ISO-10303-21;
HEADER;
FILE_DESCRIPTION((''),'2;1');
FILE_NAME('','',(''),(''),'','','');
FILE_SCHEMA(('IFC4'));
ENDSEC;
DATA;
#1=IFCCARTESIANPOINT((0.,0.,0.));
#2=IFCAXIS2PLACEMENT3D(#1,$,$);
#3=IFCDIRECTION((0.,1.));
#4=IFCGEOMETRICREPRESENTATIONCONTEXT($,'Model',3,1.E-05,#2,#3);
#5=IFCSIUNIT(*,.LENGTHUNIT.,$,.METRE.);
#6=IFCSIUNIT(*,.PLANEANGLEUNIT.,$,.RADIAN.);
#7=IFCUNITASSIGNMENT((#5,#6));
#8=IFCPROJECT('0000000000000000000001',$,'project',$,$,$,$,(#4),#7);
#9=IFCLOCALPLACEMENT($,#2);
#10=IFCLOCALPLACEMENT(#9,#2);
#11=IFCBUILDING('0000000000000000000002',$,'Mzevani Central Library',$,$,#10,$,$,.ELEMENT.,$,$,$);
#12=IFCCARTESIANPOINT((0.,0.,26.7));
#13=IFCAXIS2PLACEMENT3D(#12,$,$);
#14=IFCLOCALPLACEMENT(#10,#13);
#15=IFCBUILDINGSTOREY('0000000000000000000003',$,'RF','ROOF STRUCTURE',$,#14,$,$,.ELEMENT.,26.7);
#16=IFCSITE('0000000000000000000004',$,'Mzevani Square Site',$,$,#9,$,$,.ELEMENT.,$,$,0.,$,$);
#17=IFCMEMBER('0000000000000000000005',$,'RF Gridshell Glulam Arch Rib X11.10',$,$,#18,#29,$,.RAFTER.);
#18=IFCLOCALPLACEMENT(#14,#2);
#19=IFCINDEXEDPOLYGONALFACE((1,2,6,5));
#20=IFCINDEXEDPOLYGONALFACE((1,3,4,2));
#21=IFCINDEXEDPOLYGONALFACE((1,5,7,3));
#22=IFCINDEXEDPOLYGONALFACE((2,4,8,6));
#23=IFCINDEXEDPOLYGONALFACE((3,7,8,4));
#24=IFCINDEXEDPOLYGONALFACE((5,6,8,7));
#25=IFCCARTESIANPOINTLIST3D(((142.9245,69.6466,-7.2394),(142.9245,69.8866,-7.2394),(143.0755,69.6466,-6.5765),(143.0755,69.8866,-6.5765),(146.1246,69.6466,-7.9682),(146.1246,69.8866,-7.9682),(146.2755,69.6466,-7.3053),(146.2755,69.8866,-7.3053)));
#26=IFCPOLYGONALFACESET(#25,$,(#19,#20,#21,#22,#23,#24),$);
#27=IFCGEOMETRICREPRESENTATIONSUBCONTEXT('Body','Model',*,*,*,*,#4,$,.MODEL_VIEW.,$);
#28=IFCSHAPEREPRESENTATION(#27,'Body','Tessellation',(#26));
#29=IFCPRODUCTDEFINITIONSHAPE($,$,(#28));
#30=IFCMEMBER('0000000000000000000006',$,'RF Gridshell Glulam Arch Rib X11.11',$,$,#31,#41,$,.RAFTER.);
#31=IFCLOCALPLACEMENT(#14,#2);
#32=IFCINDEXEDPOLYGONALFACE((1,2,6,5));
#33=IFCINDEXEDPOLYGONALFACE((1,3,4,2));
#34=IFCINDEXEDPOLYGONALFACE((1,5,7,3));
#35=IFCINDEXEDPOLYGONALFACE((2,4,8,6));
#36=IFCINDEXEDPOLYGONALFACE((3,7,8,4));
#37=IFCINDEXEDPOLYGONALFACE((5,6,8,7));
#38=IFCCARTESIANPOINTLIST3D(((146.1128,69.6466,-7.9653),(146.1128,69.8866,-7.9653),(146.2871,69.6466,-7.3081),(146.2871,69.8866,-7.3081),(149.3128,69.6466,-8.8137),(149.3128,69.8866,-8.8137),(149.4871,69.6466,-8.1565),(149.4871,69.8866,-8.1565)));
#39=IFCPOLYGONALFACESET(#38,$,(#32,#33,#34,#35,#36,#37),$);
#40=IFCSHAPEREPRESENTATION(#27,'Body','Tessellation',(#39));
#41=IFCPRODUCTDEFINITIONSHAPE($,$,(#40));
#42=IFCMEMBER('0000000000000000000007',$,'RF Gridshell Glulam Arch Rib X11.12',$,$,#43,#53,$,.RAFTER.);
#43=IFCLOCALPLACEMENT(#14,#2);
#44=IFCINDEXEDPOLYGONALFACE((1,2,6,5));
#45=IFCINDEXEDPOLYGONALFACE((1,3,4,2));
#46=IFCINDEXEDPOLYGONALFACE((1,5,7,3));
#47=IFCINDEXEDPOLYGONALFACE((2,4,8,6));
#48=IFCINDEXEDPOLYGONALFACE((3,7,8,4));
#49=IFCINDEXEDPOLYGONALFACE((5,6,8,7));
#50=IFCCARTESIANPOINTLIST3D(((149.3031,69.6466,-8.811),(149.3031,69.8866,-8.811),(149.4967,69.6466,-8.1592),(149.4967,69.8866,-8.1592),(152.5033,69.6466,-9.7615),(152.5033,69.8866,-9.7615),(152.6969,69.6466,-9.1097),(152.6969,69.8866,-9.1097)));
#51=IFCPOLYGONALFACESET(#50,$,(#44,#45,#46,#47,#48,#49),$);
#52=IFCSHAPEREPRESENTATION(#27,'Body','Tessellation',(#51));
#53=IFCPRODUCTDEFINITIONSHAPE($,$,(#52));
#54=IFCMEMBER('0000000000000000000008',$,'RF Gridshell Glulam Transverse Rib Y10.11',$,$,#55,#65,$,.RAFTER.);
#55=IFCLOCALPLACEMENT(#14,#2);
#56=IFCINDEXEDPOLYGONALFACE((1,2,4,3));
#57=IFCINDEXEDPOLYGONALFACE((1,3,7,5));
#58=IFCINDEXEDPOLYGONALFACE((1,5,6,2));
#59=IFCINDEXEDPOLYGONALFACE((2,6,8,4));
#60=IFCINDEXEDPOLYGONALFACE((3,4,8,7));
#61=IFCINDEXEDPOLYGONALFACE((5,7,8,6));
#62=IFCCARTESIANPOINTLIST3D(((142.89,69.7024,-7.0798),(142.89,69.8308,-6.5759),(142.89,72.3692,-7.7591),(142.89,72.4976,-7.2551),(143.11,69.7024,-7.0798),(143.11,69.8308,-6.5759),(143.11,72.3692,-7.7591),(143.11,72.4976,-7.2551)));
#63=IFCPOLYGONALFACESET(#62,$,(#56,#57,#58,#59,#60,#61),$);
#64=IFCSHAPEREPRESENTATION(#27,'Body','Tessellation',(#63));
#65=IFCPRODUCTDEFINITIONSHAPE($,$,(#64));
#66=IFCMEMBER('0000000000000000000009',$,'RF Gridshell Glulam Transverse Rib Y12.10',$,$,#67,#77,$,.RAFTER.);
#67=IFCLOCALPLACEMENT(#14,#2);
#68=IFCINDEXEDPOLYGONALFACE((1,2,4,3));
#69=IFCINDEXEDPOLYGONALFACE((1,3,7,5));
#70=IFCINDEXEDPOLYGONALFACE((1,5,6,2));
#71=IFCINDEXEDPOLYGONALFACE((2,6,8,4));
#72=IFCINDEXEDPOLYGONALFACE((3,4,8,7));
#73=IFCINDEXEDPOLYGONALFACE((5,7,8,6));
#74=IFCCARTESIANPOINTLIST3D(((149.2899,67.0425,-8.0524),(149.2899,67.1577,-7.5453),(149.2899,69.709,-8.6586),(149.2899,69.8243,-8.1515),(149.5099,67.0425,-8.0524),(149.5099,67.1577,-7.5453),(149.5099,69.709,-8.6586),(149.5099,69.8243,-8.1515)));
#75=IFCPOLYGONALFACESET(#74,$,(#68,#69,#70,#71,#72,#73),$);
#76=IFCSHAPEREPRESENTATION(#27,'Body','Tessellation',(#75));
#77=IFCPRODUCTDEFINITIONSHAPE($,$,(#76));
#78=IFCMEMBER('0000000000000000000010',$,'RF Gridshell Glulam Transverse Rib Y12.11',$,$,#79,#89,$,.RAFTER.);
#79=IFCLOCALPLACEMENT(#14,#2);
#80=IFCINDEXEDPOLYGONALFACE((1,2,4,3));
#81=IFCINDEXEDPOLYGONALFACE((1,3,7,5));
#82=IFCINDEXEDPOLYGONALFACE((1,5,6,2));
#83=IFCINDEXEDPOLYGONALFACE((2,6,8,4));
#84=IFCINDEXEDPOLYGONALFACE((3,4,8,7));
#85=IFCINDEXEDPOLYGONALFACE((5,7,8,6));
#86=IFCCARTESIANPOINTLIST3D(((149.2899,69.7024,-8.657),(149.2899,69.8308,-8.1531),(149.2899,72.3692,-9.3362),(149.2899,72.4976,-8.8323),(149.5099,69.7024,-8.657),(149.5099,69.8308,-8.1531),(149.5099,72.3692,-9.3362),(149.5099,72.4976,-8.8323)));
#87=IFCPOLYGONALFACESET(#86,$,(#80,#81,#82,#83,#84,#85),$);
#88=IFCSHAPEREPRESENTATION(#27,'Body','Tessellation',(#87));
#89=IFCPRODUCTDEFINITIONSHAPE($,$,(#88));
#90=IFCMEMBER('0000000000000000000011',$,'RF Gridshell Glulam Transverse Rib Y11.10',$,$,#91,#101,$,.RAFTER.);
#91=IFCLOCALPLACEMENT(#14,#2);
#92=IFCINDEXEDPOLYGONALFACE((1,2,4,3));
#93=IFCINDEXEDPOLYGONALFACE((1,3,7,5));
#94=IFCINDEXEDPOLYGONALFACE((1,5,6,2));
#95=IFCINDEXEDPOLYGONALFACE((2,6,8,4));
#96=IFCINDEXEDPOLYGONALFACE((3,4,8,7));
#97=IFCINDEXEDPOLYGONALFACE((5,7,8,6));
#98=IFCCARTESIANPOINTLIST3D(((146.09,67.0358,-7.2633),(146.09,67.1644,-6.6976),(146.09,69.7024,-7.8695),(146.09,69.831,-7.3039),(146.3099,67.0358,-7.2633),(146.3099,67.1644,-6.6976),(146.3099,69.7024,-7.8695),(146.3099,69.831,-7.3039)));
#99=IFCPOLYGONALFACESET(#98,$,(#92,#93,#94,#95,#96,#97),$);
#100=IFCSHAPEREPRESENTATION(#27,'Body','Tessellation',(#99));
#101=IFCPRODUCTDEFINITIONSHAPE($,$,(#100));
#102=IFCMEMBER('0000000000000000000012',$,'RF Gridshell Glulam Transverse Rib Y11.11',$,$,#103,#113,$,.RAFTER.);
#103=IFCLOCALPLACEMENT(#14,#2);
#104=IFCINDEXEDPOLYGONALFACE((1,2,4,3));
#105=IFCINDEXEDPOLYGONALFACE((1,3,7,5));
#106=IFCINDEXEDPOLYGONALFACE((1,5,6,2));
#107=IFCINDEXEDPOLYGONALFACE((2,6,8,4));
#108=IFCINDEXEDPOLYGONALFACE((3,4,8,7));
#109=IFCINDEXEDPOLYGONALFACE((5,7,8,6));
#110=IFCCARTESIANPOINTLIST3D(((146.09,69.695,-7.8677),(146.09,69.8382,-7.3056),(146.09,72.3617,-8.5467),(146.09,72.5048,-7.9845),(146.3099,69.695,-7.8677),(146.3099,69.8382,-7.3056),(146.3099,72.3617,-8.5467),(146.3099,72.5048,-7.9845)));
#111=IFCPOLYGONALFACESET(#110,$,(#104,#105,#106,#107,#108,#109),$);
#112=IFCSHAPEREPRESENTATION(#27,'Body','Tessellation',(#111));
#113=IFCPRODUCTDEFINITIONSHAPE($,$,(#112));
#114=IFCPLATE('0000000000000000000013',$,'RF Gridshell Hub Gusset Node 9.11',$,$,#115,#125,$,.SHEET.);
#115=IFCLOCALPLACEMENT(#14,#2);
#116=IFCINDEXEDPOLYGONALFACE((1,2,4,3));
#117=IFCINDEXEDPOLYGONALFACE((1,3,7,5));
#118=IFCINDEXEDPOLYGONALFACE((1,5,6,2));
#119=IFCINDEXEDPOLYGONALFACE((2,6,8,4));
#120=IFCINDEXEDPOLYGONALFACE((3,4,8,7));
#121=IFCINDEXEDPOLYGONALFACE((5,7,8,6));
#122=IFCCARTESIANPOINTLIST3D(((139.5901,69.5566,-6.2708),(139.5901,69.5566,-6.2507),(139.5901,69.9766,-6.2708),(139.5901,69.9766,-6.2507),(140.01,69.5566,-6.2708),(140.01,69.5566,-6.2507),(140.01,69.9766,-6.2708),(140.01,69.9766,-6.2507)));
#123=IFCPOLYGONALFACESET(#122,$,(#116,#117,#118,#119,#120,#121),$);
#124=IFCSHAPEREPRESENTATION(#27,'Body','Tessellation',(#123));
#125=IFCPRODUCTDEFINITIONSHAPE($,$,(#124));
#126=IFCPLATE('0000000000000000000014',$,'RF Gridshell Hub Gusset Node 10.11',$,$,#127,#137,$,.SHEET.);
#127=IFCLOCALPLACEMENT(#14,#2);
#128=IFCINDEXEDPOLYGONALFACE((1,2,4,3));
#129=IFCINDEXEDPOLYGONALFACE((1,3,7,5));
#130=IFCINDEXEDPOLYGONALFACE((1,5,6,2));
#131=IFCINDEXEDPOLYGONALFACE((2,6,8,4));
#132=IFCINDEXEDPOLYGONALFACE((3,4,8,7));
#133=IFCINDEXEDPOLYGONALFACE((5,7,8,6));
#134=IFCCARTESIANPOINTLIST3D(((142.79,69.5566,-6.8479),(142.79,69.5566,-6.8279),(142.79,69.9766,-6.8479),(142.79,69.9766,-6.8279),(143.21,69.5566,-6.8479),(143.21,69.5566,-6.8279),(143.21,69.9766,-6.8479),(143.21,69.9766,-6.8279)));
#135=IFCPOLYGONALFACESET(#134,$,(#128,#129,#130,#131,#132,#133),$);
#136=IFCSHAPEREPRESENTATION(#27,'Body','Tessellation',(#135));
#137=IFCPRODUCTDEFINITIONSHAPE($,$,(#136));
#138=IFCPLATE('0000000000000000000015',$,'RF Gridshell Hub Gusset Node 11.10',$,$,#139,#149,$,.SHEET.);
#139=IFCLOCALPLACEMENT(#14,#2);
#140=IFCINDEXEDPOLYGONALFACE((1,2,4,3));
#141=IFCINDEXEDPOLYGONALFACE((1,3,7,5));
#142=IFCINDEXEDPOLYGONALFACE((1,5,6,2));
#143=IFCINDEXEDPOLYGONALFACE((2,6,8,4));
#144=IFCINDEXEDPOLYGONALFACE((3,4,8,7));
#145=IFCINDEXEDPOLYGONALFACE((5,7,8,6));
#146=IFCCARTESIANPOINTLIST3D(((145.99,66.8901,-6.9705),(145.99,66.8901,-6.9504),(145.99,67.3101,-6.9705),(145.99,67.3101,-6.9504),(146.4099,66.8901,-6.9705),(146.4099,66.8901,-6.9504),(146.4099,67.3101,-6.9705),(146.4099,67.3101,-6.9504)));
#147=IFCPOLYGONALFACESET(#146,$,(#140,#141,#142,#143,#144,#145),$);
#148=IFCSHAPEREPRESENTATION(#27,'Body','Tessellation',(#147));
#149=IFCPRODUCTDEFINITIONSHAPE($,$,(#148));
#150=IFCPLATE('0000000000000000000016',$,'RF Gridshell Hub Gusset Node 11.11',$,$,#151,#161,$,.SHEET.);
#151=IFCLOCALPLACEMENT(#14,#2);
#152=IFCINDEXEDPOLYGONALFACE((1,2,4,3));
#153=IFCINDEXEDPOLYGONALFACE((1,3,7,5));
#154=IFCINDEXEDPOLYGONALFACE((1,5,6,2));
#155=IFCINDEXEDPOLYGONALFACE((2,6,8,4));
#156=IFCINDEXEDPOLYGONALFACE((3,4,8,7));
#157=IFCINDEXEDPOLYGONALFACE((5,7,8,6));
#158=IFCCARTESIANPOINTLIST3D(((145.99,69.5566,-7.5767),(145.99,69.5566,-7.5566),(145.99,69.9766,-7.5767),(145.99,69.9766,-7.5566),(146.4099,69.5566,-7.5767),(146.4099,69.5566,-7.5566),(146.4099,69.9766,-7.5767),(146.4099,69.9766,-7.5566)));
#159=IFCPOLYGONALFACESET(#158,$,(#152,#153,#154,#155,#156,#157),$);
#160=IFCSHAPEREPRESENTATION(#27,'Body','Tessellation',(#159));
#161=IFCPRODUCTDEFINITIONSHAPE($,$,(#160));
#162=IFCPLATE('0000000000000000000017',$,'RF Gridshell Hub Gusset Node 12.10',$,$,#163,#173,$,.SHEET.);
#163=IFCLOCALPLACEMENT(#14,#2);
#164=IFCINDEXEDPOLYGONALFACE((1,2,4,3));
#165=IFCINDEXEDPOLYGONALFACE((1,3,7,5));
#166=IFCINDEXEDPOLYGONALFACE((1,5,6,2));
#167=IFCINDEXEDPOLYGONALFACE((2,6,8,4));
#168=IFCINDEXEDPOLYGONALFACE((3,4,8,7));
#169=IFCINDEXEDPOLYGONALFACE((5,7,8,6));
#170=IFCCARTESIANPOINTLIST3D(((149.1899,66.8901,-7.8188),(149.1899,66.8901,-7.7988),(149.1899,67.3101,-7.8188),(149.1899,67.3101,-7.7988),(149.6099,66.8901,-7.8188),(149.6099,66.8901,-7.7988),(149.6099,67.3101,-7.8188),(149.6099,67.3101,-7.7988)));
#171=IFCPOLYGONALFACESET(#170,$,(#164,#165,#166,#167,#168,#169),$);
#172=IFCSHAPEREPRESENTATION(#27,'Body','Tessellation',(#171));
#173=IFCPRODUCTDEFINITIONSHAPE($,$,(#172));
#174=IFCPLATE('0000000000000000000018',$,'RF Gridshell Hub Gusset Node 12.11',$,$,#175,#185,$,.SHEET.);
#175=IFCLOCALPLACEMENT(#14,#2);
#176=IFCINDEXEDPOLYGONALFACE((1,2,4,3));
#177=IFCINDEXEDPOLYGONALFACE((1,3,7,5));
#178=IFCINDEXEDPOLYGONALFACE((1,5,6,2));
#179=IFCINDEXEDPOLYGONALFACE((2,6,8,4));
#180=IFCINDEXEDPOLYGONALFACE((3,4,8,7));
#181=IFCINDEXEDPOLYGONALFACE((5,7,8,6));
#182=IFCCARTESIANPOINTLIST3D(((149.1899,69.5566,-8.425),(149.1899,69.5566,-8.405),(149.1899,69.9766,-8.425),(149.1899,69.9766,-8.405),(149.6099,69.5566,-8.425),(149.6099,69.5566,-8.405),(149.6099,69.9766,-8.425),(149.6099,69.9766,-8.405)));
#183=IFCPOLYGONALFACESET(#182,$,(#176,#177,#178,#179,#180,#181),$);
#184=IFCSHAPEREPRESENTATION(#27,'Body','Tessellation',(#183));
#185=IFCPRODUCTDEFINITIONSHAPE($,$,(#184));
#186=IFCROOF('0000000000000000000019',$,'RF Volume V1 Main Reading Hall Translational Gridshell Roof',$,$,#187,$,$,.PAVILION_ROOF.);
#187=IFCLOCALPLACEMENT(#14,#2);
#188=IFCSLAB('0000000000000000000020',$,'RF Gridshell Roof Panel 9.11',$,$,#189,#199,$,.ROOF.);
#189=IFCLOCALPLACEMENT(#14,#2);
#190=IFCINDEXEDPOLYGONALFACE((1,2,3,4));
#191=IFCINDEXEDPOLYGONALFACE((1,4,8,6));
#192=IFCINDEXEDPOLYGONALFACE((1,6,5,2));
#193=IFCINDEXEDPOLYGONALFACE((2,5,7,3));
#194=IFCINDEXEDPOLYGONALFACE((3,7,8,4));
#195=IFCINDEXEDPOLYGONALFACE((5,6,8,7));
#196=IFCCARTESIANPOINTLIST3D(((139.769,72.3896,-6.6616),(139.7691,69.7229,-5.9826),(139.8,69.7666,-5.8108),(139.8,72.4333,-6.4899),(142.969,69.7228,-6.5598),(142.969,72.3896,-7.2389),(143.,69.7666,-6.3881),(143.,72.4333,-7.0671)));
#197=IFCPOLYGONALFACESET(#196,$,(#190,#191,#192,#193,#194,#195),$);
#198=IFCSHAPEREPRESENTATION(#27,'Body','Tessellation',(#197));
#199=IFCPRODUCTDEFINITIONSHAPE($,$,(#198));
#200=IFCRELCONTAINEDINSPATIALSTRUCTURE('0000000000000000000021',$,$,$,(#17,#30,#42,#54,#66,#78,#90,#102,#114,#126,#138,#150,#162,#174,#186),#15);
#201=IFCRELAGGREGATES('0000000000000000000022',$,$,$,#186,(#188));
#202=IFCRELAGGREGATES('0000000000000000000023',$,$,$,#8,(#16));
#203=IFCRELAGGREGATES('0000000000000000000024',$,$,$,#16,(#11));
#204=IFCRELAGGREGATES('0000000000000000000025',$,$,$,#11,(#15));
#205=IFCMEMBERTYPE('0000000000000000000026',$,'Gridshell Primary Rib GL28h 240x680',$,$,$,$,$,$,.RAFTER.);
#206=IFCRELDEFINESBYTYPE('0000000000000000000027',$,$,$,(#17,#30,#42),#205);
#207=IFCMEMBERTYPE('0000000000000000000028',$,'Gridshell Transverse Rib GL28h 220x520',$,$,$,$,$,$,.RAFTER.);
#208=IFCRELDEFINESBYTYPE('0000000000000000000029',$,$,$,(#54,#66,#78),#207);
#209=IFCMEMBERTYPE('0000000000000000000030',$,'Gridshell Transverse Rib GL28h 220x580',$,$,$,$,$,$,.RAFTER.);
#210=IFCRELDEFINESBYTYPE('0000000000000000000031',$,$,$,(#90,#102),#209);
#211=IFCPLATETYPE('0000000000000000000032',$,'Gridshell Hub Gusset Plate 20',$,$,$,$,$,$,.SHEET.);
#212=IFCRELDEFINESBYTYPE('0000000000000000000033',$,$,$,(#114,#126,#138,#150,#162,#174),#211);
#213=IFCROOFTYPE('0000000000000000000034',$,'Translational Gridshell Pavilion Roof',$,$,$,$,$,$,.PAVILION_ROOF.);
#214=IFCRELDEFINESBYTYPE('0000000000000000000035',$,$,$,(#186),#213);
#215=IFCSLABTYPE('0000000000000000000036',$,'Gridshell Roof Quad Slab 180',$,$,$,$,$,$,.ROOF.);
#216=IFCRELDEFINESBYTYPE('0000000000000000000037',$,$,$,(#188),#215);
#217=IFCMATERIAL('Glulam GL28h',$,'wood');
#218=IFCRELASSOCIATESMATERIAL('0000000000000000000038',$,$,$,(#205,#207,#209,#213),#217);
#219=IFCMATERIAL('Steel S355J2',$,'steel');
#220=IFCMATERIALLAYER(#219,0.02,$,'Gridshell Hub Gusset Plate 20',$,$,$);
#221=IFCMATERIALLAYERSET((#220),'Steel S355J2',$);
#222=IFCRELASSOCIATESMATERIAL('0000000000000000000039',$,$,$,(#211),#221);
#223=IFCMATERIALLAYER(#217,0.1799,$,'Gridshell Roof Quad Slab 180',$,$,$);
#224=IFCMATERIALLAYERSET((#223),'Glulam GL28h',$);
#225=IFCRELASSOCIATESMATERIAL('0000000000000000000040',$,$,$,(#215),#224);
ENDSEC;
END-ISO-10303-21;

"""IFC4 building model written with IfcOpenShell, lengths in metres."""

from ifc_helpers import new_model, si_unit, direction, frame, origin, origin_2d, place, context, subcontext, project, spatial, polyline, rectangle, outline, extrude, material, layer, layer_set, material_profile, profile_set, type_object, element, aggregate, save


model = new_model("IFC4")

# Units and contexts
model_context = context("Model", 3, precision=1e-05, world=origin(), true_north=direction((0.0, 1.0)))
body_context = subcontext(model_context, "Body", "Model", "MODEL_VIEW")
ifc_project = project(units=[si_unit("LENGTHUNIT", "METRE"), si_unit("PLANEANGLEUNIT", "RADIAN")], contexts=[model_context])

# Site, building, storey
site_placement = place(None, origin())
site = spatial("IfcSite", under=ifc_project, at=site_placement, Name="Mzevani Square Site", CompositionType="ELEMENT", RefElevation=0.0)
building_placement = place(site_placement, origin())
building = spatial("IfcBuilding", under=site, at=building_placement, Name="Mzevani Central Library", CompositionType="ELEMENT")
storey_placement = place(building_placement, frame((0.0, 0.0, 26.7)))
storey = spatial("IfcBuildingStorey", under=building, at=storey_placement, Name="RF", Description="ROOF STRUCTURE", CompositionType="ELEMENT", Elevation=26.7)

# Members
ifc_material_1 = material(Name="Steel S355J2", Category="steel")
ifc_material_2 = material(Name="Glulam GL28h", Category="wood")
ifc_material_profile_1 = material_profile(ifc_material_2, rectangle(XDim=0.24, YDim=0.6799, at=origin_2d()), Name="GL28h 240x680")
ifc_profile_set_1 = profile_set([ifc_material_profile_1], Name="Glulam GL28h")
member_type_1 = type_object("IfcMemberType", Name="Gridshell Primary Rib GL28h 240x680", PredefinedType="RAFTER", material=ifc_profile_set_1)
member_1_placement = place(storey_placement, frame((143.0, 69.7666, -6.908), z_axis=(0.975034, 0.0, -0.222055), x_axis=(0.0, 1.0, 0.0)))
element("IfcMember", 1, at=member_1_placement, inside=storey, type_object=member_type_1, Name="RF Gridshell Glulam Arch Rib X11.10", PredefinedType="RAFTER", context=body_context, shape_type="SweptSolid", body=[
    extrude(rectangle(XDim=0.24, YDim=0.6799, at=origin_2d()), origin(), (0.0, 0.0, 1.0), 3.282),
])
member_2_placement = place(storey_placement, frame((146.2, 69.7666, -7.6367), z_axis=(0.966605, 0.0, -0.256272), x_axis=(0.0, 1.0, 0.0)))
element("IfcMember", 2, at=member_2_placement, inside=storey, type_object=member_type_1, Name="RF Gridshell Glulam Arch Rib X11.11", PredefinedType="RAFTER", context=body_context, shape_type="SweptSolid", body=[
    extrude(rectangle(XDim=0.24, YDim=0.6799, at=origin_2d()), origin(), (0.0, 0.0, 1.0), 3.3105),
])
member_3_placement = place(storey_placement, frame((149.3999, 69.7666, -8.4851), z_axis=(0.958616, 0.0, -0.284703), x_axis=(0.0, 1.0, 0.0)))
element("IfcMember", 3, at=member_3_placement, inside=storey, type_object=member_type_1, Name="RF Gridshell Glulam Arch Rib X11.12", PredefinedType="RAFTER", context=body_context, shape_type="SweptSolid", body=[
    extrude(rectangle(XDim=0.24, YDim=0.6799, at=origin_2d()), origin(), (0.0, 0.0, 1.0), 3.3384),
])
ifc_material_profile_2 = material_profile(ifc_material_2, rectangle(XDim=0.22, YDim=0.52, at=origin_2d()), Name="GL28h 220x520")
ifc_profile_set_2 = profile_set([ifc_material_profile_2], Name="Glulam GL28h")
member_type_2 = type_object("IfcMemberType", Name="Gridshell Transverse Rib GL28h 220x520", PredefinedType="RAFTER", material=ifc_profile_set_2)
member_4_placement = place(storey_placement, frame((143.0, 69.7666, -6.8279), z_axis=(0.0, 0.969063, -0.246813), x_axis=(-1.0, 0.0, 0.0)))
element("IfcMember", 4, at=member_4_placement, inside=storey, type_object=member_type_2, Name="RF Gridshell Glulam Transverse Rib Y10.11", PredefinedType="RAFTER", context=body_context, shape_type="SweptSolid", body=[
    extrude(rectangle(XDim=0.22, YDim=0.52, at=origin_2d()), origin(), (0.0, 0.0, 1.0), 2.752),
])
member_5_placement = place(storey_placement, frame((149.3999, 67.1001, -7.7988), z_axis=(0.0, 0.975119, -0.221683), x_axis=(-1.0, 0.0, 0.0)))
element("IfcMember", 5, at=member_5_placement, inside=storey, type_object=member_type_2, Name="RF Gridshell Glulam Transverse Rib Y12.10", PredefinedType="RAFTER", context=body_context, shape_type="SweptSolid", body=[
    extrude(rectangle(XDim=0.22, YDim=0.52, at=origin_2d()), origin(), (0.0, 0.0, 1.0), 2.7346),
])
member_6_placement = place(storey_placement, frame((149.3999, 69.7666, -8.405), z_axis=(0.0, 0.969063, -0.246813), x_axis=(-1.0, 0.0, 0.0)))
element("IfcMember", 6, at=member_6_placement, inside=storey, type_object=member_type_2, Name="RF Gridshell Glulam Transverse Rib Y12.11", PredefinedType="RAFTER", context=body_context, shape_type="SweptSolid", body=[
    extrude(rectangle(XDim=0.22, YDim=0.52, at=origin_2d()), origin(), (0.0, 0.0, 1.0), 2.752),
])
ifc_material_profile_3 = material_profile(ifc_material_2, rectangle(XDim=0.22, YDim=0.5801, at=origin_2d()), Name="GL28h 220x580")
ifc_profile_set_3 = profile_set([ifc_material_profile_3], Name="Glulam GL28h")
member_type_3 = type_object("IfcMemberType", Name="Gridshell Transverse Rib GL28h 220x580", PredefinedType="RAFTER", material=ifc_profile_set_3)
member_7_placement = place(storey_placement, frame((146.2, 67.1001, -6.9805), z_axis=(0.0, 0.975119, -0.221683), x_axis=(-1.0, 0.0, 0.0)))
element("IfcMember", 7, at=member_7_placement, inside=storey, type_object=member_type_3, Name="RF Gridshell Glulam Transverse Rib Y11.10", PredefinedType="RAFTER", context=body_context, shape_type="SweptSolid", body=[
    extrude(rectangle(XDim=0.22, YDim=0.5801, at=origin_2d()), origin(), (0.0, 0.0, 1.0), 2.7346),
])
member_8_placement = place(storey_placement, frame((146.2, 69.7666, -7.5867), z_axis=(0.0, 0.969084, -0.246729), x_axis=(-1.0, 0.0, 0.0)))
element("IfcMember", 8, at=member_8_placement, inside=storey, type_object=member_type_3, Name="RF Gridshell Glulam Transverse Rib Y11.11", PredefinedType="RAFTER", context=body_context, shape_type="SweptSolid", body=[
    extrude(rectangle(XDim=0.22, YDim=0.5801, at=origin_2d()), origin(), (0.0, 0.0, 1.0), 2.7517),
])

# Plates
ifc_layer_1 = layer(ifc_material_1, 0.02, Name="Gridshell Hub Gusset Plate 20")
ifc_layer_set_1 = layer_set([ifc_layer_1], Name="Steel S355J2")
plate_type = type_object("IfcPlateType", Name="Gridshell Hub Gusset Plate 20", PredefinedType="SHEET", material=ifc_layer_set_1)
for number, where, z_axis, x_axis, name in (
    (9, (139.8, 69.7666, -6.2708), (0.0, 0.0, 1.0), (1.0, 0.0, 0.0), "RF Gridshell Hub Gusset Node 9.11"),
    (10, (143.0, 69.7666, -6.8479), (0.0, 0.0, 1.0), (1.0, 0.0, 0.0), "RF Gridshell Hub Gusset Node 10.11"),
    (11, (146.2, 67.1001, -6.9705), (0.0, 0.0, 1.0), (1.0, 0.0, 0.0), "RF Gridshell Hub Gusset Node 11.10"),
    (12, (146.2, 69.7666, -7.5767), (0.0, 0.0, 1.0), (1.0, 0.0, 0.0), "RF Gridshell Hub Gusset Node 11.11"),
    (13, (149.3999, 67.1001, -7.8188), (0.0, 0.0, 1.0), (1.0, 0.0, 0.0), "RF Gridshell Hub Gusset Node 12.10"),
    (14, (149.3999, 69.7666, -8.425), (0.0, 0.0, 1.0), (1.0, 0.0, 0.0), "RF Gridshell Hub Gusset Node 12.11"),
):
    element("IfcPlate", number, at=place(storey_placement, frame(where, z_axis=z_axis, x_axis=x_axis)), inside=storey, type_object=plate_type, Name=name, PredefinedType="SHEET", context=body_context, shape_type="SweptSolid", body=[
        extrude(rectangle(XDim=0.4199, YDim=0.4199, at=origin_2d()), origin(), (0.0, 0.0, 1.0), 0.02),
    ])

# Roof, slab
roof_type = type_object("IfcRoofType", Name="Translational Gridshell Pavilion Roof", PredefinedType="PAVILION_ROOF", material=ifc_material_2)
roof_placement = place(storey_placement, origin())
roof = element("IfcRoof", 15, at=roof_placement, inside=storey, type_object=roof_type, Name="RF Volume V1 Main Reading Hall Translational Gridshell Roof", PredefinedType="PAVILION_ROOF")
ifc_layer_2 = layer(ifc_material_2, 0.1799, Name="Gridshell Roof Quad Slab 180")
ifc_layer_set_2 = layer_set([ifc_layer_2], Name="Glulam GL28h")
slab_type = type_object("IfcSlabType", Name="Gridshell Roof Quad Slab 180", PredefinedType="ROOF", material=ifc_layer_set_2)
slab_1_placement = place(storey_placement, frame((139.8, 69.7666, -5.8108), z_axis=(0.172209, 0.243084, 0.954596), x_axis=(0.984115, -0.000009, -0.177532)))
slab_1 = element("IfcSlab", 16, at=slab_1_placement, type_object=slab_type, Name="RF Gridshell Roof Panel 9.11", PredefinedType="ROOF", context=body_context, shape_type="SweptSolid", body=[
    extrude(outline(polyline([(0.0, 0.0), (3.2516, 0.0), (3.3721, 2.7492), (0.1205, 2.7492), (0.0, 0.0)])), origin(), (0.0, 0.0, -1.0), 0.1799),
])
aggregate(roof, [slab_1])

save(model, "model.ifc")
